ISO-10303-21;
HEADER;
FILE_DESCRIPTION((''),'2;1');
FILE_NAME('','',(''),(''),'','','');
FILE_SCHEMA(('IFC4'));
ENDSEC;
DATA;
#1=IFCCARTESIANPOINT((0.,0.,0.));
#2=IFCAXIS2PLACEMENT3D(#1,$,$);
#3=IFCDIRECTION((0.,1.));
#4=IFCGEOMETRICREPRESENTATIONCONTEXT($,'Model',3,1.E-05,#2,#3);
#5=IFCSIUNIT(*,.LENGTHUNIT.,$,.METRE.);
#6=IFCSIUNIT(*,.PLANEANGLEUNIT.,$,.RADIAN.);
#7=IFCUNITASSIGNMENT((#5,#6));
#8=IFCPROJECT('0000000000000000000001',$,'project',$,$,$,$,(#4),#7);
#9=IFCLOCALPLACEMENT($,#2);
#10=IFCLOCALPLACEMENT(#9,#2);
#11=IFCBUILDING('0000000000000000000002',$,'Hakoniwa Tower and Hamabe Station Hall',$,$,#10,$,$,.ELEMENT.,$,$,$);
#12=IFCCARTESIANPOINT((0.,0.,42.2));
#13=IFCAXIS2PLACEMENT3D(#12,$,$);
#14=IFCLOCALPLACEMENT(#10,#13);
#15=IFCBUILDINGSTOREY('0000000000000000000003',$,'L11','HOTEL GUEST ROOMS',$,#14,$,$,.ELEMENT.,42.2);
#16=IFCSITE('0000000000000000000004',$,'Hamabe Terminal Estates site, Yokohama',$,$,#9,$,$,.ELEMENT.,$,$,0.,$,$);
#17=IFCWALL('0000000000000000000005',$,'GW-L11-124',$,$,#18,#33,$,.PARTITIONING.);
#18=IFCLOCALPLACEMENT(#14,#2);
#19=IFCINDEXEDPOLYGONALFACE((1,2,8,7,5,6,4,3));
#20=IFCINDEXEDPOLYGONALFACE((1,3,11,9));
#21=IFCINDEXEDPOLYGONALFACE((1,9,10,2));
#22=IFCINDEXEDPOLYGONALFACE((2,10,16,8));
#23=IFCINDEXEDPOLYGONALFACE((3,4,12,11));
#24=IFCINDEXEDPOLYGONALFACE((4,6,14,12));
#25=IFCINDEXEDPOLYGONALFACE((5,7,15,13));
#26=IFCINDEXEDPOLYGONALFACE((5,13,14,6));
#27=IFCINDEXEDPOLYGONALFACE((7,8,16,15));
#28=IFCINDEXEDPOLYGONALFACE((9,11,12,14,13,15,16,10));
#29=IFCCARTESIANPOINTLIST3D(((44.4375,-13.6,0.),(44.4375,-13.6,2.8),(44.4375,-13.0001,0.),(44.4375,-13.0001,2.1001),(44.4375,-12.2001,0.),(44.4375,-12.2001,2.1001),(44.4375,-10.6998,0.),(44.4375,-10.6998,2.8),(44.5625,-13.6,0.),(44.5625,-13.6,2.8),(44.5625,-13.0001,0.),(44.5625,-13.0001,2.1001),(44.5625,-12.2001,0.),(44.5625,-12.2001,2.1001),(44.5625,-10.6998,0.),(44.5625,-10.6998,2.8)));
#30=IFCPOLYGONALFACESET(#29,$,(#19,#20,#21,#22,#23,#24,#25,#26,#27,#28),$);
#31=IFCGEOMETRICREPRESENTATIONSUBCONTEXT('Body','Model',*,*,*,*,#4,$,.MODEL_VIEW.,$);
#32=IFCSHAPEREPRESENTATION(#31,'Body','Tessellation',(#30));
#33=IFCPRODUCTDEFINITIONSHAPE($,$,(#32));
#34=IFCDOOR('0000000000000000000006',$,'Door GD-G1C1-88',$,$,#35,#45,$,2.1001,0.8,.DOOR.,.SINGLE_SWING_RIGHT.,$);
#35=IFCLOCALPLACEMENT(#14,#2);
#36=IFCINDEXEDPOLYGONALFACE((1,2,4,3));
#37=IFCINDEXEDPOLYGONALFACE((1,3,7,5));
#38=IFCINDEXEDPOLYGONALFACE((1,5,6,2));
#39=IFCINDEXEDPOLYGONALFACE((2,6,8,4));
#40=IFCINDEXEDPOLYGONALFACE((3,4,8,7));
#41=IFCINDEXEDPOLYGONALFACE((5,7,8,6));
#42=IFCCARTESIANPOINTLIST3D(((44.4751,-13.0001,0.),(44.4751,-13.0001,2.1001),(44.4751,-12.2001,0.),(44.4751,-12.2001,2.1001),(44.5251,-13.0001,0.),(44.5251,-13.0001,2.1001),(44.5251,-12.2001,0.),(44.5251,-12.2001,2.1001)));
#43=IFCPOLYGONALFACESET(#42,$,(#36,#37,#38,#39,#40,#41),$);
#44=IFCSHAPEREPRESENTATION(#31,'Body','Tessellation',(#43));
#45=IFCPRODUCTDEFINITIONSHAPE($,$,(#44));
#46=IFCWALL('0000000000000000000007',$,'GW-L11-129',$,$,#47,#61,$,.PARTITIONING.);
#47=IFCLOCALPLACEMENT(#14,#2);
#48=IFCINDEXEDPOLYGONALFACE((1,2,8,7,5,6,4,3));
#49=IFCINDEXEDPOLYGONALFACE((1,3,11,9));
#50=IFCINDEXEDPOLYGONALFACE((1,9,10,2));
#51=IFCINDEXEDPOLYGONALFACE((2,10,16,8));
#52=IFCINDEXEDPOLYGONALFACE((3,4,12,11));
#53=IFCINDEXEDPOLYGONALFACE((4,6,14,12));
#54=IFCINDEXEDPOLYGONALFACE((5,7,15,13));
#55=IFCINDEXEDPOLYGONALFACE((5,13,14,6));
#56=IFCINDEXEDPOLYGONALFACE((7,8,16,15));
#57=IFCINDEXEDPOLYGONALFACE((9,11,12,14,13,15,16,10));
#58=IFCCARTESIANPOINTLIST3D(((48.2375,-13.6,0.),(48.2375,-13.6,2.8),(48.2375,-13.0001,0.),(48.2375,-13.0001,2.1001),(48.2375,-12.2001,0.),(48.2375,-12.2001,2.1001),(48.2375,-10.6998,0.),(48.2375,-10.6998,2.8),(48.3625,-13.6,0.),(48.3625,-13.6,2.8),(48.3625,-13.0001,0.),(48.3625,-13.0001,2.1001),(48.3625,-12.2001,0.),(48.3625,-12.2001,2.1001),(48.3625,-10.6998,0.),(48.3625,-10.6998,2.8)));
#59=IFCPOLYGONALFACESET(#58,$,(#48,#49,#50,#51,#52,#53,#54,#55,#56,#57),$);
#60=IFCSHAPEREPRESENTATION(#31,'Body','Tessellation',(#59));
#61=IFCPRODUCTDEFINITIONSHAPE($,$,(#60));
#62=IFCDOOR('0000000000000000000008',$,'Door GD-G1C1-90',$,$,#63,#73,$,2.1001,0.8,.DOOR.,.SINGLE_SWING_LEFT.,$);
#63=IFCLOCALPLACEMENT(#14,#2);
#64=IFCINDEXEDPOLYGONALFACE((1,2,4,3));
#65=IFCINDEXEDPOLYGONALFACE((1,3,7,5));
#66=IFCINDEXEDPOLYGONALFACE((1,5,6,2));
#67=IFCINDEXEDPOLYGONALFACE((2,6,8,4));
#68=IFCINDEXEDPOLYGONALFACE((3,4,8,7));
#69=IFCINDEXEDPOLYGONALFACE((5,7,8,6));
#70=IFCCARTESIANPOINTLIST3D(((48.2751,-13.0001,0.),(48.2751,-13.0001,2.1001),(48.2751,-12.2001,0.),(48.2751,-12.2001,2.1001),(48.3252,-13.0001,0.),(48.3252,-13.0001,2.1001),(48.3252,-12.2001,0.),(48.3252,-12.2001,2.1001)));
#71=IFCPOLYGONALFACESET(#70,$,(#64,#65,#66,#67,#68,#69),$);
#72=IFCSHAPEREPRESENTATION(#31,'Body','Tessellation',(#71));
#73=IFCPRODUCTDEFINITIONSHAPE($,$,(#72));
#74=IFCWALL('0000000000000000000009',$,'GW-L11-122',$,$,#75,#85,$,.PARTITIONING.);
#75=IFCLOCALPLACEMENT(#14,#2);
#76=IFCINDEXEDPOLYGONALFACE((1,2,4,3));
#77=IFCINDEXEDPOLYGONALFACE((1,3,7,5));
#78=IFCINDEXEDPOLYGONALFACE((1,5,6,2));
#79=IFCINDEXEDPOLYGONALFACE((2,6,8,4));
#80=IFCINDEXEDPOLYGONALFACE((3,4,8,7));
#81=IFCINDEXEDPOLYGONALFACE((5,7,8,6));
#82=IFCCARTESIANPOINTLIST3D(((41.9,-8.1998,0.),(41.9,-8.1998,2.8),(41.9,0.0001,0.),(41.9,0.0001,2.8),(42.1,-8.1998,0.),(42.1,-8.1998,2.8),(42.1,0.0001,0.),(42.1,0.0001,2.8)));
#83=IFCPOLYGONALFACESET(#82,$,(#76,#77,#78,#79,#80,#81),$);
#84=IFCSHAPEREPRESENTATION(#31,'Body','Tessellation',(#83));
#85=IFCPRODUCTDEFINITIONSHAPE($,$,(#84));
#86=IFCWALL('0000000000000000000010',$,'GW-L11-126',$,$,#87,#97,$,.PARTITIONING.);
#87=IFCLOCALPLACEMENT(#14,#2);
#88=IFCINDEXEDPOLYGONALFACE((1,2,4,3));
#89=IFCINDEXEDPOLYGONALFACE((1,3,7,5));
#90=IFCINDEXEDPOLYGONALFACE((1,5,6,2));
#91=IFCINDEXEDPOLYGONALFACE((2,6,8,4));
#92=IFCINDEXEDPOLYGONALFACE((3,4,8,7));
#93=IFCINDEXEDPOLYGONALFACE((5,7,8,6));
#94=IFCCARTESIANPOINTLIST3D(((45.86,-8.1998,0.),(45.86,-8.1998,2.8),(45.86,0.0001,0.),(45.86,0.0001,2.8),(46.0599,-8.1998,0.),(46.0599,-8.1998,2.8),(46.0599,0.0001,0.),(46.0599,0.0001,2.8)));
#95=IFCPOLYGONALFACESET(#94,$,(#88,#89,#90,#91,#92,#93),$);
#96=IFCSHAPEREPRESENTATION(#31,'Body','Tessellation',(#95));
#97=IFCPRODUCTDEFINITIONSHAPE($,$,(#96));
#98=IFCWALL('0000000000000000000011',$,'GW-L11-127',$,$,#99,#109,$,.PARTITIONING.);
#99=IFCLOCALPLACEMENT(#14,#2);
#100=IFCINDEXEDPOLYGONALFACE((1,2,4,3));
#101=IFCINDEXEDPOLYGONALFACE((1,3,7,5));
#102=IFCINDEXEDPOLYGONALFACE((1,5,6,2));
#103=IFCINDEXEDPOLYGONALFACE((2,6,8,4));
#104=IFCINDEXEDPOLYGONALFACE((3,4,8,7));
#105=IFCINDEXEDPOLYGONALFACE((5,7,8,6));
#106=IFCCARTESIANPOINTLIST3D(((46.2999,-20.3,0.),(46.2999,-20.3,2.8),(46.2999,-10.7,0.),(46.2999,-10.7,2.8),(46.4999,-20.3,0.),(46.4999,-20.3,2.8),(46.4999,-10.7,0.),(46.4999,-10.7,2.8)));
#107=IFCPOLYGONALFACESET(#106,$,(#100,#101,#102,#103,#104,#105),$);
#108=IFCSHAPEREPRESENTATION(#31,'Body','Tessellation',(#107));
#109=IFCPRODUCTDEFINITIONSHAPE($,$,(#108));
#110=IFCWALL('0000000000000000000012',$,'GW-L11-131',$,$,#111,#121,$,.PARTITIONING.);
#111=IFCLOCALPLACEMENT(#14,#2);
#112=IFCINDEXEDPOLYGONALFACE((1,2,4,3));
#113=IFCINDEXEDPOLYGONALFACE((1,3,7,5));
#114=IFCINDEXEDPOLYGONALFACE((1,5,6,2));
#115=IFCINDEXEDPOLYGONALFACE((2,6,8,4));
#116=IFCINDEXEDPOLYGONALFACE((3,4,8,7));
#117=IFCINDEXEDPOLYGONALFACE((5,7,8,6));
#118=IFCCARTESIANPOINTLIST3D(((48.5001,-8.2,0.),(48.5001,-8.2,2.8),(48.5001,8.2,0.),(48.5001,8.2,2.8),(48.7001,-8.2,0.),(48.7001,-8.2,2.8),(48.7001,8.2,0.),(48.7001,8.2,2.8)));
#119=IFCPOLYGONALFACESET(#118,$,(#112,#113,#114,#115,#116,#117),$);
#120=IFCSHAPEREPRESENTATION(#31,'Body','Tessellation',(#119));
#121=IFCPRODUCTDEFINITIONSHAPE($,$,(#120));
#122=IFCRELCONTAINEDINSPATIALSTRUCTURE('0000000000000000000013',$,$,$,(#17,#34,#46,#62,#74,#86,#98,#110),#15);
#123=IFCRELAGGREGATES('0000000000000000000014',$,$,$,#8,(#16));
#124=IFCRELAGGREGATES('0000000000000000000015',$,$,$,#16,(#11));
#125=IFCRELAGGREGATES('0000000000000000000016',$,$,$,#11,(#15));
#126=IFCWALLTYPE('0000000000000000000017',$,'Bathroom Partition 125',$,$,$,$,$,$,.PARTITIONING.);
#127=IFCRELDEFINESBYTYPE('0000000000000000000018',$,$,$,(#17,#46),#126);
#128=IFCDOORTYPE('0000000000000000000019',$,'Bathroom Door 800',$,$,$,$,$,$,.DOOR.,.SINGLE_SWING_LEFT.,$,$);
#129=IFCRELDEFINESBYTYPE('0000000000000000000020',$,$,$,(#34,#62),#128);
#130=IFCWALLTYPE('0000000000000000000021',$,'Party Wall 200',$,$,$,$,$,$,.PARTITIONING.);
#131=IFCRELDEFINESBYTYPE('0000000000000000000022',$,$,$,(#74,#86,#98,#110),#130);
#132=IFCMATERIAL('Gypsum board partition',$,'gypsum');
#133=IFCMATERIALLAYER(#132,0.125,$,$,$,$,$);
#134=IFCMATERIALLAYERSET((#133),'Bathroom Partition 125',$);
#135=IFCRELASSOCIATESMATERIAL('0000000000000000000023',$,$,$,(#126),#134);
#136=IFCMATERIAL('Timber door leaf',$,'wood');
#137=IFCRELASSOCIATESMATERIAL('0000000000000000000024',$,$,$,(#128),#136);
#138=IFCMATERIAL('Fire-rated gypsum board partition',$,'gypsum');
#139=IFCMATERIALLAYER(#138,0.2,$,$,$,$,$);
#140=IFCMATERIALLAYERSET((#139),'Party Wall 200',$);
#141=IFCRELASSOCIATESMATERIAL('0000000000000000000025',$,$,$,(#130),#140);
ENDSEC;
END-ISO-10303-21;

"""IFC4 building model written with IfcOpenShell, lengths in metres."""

from ifc_helpers import new_model, si_unit, direction, frame, frame_2d, origin, place, context, subcontext, project, spatial, rectangle, extrude, material, layer, layer_set, type_object, element, fill, save


model = new_model("IFC4")

# Units and contexts
model_context = context("Model", 3, precision=1e-05, world=origin(), true_north=direction((0.0, 1.0)))
body_context = subcontext(model_context, "Body", "Model", "MODEL_VIEW")
ifc_project = project(units=[si_unit("LENGTHUNIT", "METRE"), si_unit("PLANEANGLEUNIT", "RADIAN")], contexts=[model_context])

# Site, building, storey
site_placement = place(None, origin())
site = spatial("IfcSite", under=ifc_project, at=site_placement, Name="Hamabe Terminal Estates site, Yokohama", CompositionType="ELEMENT", RefElevation=0.0)
building_placement = place(site_placement, origin())
building = spatial("IfcBuilding", under=site, at=building_placement, Name="Hakoniwa Tower and Hamabe Station Hall", CompositionType="ELEMENT")
storey_placement = place(building_placement, frame((0.0, 0.0, 42.2)))
storey = spatial("IfcBuildingStorey", under=building, at=storey_placement, Name="L11", Description="HOTEL GUEST ROOMS", CompositionType="ELEMENT", Elevation=42.2)

# Shared definitions
ifc_material_1 = material(Name="Gypsum board partition", Category="gypsum")
ifc_layer_1 = layer(ifc_material_1, 0.125)
ifc_layer_set_1 = layer_set([ifc_layer_1], Name="Bathroom Partition 125")
wall_type_1 = type_object("IfcWallType", Name="Bathroom Partition 125", PredefinedType="PARTITIONING", material=ifc_layer_set_1)

# Walls, openings, doors
wall_1_placement = place(storey_placement, frame((44.5, -13.6001, 0.0), z_axis=(0.0, 0.0, 1.0), x_axis=(0.0, 1.0, 0.0)))
wall_1 = element("IfcWall", 1, at=wall_1_placement, inside=storey, type_object=wall_type_1, Name="GW-L11-124", PredefinedType="PARTITIONING", context=body_context, shape_type="SweptSolid", body=[
    extrude(rectangle(XDim=2.9001, YDim=0.125, at=frame_2d((1.4502, 0.0))), origin(), (0.0, 0.0, 1.0), 2.8),
])
opening_1_placement = place(wall_1_placement, frame((0.6001, 0.0, 0.0)))
opening_1 = element("IfcOpeningElement", 2, at=opening_1_placement, cuts=wall_1, PredefinedType="OPENING", context=body_context, shape_type="SweptSolid", body=[
    extrude(rectangle(XDim=0.8, YDim=2.1001, at=frame_2d((0.3999, 1.05))), frame((0.0, 0.0725, 0.0), z_axis=(0.0, -1.0, 0.0), x_axis=(1.0, 0.0, 0.0)), (0.0, 0.0, 1.0), 0.145),
])
ifc_material_2 = material(Name="Timber door leaf", Category="wood")
door_type = type_object("IfcDoorType", Name="Bathroom Door 800", OperationType="SINGLE_SWING_LEFT", PredefinedType="DOOR", material=ifc_material_2)
door_1_placement = place(opening_1_placement, origin())
door_1 = element("IfcDoor", 3, at=door_1_placement, inside=storey, type_object=door_type, Name="Door GD-G1C1-88", OperationType="SINGLE_SWING_RIGHT", OverallHeight=2.1001, OverallWidth=0.8, PredefinedType="DOOR", context=body_context, shape_type="SweptSolid", body=[
    extrude(rectangle(XDim=0.8, YDim=2.1001, at=frame_2d((0.3999, 1.05))), frame((0.0, 0.0249, 0.0), z_axis=(0.0, -1.0, 0.0), x_axis=(1.0, 0.0, 0.0)), (0.0, 0.0, 1.0), 0.05),
])
fill(opening_1, door_1)
wall_2_placement = place(storey_placement, frame((48.3, -13.6001, 0.0), z_axis=(0.0, 0.0, 1.0), x_axis=(0.0, 1.0, 0.0)))
wall_2 = element("IfcWall", 4, at=wall_2_placement, inside=storey, type_object=wall_type_1, Name="GW-L11-129", PredefinedType="PARTITIONING", context=body_context, shape_type="SweptSolid", body=[
    extrude(rectangle(XDim=2.9001, YDim=0.125, at=frame_2d((1.4502, 0.0))), origin(), (0.0, 0.0, 1.0), 2.8),
])
opening_2_placement = place(wall_2_placement, frame((0.6001, 0.0, 0.0)))
opening_2 = element("IfcOpeningElement", 5, at=opening_2_placement, cuts=wall_2, PredefinedType="OPENING", context=body_context, shape_type="SweptSolid", body=[
    extrude(rectangle(XDim=0.8, YDim=2.1001, at=frame_2d((0.3999, 1.05))), frame((0.0, 0.0725, 0.0), z_axis=(0.0, -1.0, 0.0), x_axis=(1.0, 0.0, 0.0)), (0.0, 0.0, 1.0), 0.145),
])
door_2_placement = place(opening_2_placement, origin())
door_2 = element("IfcDoor", 6, at=door_2_placement, inside=storey, type_object=door_type, Name="Door GD-G1C1-90", OperationType="SINGLE_SWING_LEFT", OverallHeight=2.1001, OverallWidth=0.8, PredefinedType="DOOR", context=body_context, shape_type="SweptSolid", body=[
    extrude(rectangle(XDim=0.8, YDim=2.1001, at=frame_2d((0.3999, 1.05))), frame((0.0, 0.0249, 0.0), z_axis=(0.0, -1.0, 0.0), x_axis=(1.0, 0.0, 0.0)), (0.0, 0.0, 1.0), 0.05),
])
fill(opening_2, door_2)

# Walls
ifc_material_3 = material(Name="Fire-rated gypsum board partition", Category="gypsum")
ifc_layer_2 = layer(ifc_material_3, 0.2)
ifc_layer_set_2 = layer_set([ifc_layer_2], Name="Party Wall 200")
wall_type_2 = type_object("IfcWallType", Name="Party Wall 200", PredefinedType="PARTITIONING", material=ifc_layer_set_2)
for number, where, z_axis, x_axis, name in (
    (7, (42.0, -8.2, 0.0), (0.0, 0.0, 1.0), (0.0, 1.0, 0.0), "GW-L11-122"),
    (8, (45.96, -8.2, 0.0), (0.0, 0.0, 1.0), (0.0, 1.0, 0.0), "GW-L11-126"),
):
    element("IfcWall", number, at=place(storey_placement, frame(where, z_axis=z_axis, x_axis=x_axis)), inside=storey, type_object=wall_type_2, Name=name, PredefinedType="PARTITIONING", context=body_context, shape_type="SweptSolid", body=[
        extrude(rectangle(XDim=8.2, YDim=0.2, at=frame_2d((4.1001, 0.0))), origin(), (0.0, 0.0, 1.0), 2.8),
    ])
wall_3_placement = place(storey_placement, frame((46.3999, -20.3, 0.0), z_axis=(0.0, 0.0, 1.0), x_axis=(0.0, 1.0, 0.0)))
element("IfcWall", 9, at=wall_3_placement, inside=storey, type_object=wall_type_2, Name="GW-L11-127", PredefinedType="PARTITIONING", context=body_context, shape_type="SweptSolid", body=[
    extrude(rectangle(XDim=9.6001, YDim=0.2, at=frame_2d((4.8, 0.0))), origin(), (0.0, 0.0, 1.0), 2.8),
])
wall_4_placement = place(storey_placement, frame((48.6001, -8.2, 0.0), z_axis=(0.0, 0.0, 1.0), x_axis=(0.0, 1.0, 0.0)))
element("IfcWall", 10, at=wall_4_placement, inside=storey, type_object=wall_type_2, Name="GW-L11-131", PredefinedType="PARTITIONING", context=body_context, shape_type="SweptSolid", body=[
    extrude(rectangle(XDim=16.3999, YDim=0.2, at=frame_2d((8.2, 0.0))), origin(), (0.0, 0.0, 1.0), 2.8),
])

save(model, "model.ifc")
